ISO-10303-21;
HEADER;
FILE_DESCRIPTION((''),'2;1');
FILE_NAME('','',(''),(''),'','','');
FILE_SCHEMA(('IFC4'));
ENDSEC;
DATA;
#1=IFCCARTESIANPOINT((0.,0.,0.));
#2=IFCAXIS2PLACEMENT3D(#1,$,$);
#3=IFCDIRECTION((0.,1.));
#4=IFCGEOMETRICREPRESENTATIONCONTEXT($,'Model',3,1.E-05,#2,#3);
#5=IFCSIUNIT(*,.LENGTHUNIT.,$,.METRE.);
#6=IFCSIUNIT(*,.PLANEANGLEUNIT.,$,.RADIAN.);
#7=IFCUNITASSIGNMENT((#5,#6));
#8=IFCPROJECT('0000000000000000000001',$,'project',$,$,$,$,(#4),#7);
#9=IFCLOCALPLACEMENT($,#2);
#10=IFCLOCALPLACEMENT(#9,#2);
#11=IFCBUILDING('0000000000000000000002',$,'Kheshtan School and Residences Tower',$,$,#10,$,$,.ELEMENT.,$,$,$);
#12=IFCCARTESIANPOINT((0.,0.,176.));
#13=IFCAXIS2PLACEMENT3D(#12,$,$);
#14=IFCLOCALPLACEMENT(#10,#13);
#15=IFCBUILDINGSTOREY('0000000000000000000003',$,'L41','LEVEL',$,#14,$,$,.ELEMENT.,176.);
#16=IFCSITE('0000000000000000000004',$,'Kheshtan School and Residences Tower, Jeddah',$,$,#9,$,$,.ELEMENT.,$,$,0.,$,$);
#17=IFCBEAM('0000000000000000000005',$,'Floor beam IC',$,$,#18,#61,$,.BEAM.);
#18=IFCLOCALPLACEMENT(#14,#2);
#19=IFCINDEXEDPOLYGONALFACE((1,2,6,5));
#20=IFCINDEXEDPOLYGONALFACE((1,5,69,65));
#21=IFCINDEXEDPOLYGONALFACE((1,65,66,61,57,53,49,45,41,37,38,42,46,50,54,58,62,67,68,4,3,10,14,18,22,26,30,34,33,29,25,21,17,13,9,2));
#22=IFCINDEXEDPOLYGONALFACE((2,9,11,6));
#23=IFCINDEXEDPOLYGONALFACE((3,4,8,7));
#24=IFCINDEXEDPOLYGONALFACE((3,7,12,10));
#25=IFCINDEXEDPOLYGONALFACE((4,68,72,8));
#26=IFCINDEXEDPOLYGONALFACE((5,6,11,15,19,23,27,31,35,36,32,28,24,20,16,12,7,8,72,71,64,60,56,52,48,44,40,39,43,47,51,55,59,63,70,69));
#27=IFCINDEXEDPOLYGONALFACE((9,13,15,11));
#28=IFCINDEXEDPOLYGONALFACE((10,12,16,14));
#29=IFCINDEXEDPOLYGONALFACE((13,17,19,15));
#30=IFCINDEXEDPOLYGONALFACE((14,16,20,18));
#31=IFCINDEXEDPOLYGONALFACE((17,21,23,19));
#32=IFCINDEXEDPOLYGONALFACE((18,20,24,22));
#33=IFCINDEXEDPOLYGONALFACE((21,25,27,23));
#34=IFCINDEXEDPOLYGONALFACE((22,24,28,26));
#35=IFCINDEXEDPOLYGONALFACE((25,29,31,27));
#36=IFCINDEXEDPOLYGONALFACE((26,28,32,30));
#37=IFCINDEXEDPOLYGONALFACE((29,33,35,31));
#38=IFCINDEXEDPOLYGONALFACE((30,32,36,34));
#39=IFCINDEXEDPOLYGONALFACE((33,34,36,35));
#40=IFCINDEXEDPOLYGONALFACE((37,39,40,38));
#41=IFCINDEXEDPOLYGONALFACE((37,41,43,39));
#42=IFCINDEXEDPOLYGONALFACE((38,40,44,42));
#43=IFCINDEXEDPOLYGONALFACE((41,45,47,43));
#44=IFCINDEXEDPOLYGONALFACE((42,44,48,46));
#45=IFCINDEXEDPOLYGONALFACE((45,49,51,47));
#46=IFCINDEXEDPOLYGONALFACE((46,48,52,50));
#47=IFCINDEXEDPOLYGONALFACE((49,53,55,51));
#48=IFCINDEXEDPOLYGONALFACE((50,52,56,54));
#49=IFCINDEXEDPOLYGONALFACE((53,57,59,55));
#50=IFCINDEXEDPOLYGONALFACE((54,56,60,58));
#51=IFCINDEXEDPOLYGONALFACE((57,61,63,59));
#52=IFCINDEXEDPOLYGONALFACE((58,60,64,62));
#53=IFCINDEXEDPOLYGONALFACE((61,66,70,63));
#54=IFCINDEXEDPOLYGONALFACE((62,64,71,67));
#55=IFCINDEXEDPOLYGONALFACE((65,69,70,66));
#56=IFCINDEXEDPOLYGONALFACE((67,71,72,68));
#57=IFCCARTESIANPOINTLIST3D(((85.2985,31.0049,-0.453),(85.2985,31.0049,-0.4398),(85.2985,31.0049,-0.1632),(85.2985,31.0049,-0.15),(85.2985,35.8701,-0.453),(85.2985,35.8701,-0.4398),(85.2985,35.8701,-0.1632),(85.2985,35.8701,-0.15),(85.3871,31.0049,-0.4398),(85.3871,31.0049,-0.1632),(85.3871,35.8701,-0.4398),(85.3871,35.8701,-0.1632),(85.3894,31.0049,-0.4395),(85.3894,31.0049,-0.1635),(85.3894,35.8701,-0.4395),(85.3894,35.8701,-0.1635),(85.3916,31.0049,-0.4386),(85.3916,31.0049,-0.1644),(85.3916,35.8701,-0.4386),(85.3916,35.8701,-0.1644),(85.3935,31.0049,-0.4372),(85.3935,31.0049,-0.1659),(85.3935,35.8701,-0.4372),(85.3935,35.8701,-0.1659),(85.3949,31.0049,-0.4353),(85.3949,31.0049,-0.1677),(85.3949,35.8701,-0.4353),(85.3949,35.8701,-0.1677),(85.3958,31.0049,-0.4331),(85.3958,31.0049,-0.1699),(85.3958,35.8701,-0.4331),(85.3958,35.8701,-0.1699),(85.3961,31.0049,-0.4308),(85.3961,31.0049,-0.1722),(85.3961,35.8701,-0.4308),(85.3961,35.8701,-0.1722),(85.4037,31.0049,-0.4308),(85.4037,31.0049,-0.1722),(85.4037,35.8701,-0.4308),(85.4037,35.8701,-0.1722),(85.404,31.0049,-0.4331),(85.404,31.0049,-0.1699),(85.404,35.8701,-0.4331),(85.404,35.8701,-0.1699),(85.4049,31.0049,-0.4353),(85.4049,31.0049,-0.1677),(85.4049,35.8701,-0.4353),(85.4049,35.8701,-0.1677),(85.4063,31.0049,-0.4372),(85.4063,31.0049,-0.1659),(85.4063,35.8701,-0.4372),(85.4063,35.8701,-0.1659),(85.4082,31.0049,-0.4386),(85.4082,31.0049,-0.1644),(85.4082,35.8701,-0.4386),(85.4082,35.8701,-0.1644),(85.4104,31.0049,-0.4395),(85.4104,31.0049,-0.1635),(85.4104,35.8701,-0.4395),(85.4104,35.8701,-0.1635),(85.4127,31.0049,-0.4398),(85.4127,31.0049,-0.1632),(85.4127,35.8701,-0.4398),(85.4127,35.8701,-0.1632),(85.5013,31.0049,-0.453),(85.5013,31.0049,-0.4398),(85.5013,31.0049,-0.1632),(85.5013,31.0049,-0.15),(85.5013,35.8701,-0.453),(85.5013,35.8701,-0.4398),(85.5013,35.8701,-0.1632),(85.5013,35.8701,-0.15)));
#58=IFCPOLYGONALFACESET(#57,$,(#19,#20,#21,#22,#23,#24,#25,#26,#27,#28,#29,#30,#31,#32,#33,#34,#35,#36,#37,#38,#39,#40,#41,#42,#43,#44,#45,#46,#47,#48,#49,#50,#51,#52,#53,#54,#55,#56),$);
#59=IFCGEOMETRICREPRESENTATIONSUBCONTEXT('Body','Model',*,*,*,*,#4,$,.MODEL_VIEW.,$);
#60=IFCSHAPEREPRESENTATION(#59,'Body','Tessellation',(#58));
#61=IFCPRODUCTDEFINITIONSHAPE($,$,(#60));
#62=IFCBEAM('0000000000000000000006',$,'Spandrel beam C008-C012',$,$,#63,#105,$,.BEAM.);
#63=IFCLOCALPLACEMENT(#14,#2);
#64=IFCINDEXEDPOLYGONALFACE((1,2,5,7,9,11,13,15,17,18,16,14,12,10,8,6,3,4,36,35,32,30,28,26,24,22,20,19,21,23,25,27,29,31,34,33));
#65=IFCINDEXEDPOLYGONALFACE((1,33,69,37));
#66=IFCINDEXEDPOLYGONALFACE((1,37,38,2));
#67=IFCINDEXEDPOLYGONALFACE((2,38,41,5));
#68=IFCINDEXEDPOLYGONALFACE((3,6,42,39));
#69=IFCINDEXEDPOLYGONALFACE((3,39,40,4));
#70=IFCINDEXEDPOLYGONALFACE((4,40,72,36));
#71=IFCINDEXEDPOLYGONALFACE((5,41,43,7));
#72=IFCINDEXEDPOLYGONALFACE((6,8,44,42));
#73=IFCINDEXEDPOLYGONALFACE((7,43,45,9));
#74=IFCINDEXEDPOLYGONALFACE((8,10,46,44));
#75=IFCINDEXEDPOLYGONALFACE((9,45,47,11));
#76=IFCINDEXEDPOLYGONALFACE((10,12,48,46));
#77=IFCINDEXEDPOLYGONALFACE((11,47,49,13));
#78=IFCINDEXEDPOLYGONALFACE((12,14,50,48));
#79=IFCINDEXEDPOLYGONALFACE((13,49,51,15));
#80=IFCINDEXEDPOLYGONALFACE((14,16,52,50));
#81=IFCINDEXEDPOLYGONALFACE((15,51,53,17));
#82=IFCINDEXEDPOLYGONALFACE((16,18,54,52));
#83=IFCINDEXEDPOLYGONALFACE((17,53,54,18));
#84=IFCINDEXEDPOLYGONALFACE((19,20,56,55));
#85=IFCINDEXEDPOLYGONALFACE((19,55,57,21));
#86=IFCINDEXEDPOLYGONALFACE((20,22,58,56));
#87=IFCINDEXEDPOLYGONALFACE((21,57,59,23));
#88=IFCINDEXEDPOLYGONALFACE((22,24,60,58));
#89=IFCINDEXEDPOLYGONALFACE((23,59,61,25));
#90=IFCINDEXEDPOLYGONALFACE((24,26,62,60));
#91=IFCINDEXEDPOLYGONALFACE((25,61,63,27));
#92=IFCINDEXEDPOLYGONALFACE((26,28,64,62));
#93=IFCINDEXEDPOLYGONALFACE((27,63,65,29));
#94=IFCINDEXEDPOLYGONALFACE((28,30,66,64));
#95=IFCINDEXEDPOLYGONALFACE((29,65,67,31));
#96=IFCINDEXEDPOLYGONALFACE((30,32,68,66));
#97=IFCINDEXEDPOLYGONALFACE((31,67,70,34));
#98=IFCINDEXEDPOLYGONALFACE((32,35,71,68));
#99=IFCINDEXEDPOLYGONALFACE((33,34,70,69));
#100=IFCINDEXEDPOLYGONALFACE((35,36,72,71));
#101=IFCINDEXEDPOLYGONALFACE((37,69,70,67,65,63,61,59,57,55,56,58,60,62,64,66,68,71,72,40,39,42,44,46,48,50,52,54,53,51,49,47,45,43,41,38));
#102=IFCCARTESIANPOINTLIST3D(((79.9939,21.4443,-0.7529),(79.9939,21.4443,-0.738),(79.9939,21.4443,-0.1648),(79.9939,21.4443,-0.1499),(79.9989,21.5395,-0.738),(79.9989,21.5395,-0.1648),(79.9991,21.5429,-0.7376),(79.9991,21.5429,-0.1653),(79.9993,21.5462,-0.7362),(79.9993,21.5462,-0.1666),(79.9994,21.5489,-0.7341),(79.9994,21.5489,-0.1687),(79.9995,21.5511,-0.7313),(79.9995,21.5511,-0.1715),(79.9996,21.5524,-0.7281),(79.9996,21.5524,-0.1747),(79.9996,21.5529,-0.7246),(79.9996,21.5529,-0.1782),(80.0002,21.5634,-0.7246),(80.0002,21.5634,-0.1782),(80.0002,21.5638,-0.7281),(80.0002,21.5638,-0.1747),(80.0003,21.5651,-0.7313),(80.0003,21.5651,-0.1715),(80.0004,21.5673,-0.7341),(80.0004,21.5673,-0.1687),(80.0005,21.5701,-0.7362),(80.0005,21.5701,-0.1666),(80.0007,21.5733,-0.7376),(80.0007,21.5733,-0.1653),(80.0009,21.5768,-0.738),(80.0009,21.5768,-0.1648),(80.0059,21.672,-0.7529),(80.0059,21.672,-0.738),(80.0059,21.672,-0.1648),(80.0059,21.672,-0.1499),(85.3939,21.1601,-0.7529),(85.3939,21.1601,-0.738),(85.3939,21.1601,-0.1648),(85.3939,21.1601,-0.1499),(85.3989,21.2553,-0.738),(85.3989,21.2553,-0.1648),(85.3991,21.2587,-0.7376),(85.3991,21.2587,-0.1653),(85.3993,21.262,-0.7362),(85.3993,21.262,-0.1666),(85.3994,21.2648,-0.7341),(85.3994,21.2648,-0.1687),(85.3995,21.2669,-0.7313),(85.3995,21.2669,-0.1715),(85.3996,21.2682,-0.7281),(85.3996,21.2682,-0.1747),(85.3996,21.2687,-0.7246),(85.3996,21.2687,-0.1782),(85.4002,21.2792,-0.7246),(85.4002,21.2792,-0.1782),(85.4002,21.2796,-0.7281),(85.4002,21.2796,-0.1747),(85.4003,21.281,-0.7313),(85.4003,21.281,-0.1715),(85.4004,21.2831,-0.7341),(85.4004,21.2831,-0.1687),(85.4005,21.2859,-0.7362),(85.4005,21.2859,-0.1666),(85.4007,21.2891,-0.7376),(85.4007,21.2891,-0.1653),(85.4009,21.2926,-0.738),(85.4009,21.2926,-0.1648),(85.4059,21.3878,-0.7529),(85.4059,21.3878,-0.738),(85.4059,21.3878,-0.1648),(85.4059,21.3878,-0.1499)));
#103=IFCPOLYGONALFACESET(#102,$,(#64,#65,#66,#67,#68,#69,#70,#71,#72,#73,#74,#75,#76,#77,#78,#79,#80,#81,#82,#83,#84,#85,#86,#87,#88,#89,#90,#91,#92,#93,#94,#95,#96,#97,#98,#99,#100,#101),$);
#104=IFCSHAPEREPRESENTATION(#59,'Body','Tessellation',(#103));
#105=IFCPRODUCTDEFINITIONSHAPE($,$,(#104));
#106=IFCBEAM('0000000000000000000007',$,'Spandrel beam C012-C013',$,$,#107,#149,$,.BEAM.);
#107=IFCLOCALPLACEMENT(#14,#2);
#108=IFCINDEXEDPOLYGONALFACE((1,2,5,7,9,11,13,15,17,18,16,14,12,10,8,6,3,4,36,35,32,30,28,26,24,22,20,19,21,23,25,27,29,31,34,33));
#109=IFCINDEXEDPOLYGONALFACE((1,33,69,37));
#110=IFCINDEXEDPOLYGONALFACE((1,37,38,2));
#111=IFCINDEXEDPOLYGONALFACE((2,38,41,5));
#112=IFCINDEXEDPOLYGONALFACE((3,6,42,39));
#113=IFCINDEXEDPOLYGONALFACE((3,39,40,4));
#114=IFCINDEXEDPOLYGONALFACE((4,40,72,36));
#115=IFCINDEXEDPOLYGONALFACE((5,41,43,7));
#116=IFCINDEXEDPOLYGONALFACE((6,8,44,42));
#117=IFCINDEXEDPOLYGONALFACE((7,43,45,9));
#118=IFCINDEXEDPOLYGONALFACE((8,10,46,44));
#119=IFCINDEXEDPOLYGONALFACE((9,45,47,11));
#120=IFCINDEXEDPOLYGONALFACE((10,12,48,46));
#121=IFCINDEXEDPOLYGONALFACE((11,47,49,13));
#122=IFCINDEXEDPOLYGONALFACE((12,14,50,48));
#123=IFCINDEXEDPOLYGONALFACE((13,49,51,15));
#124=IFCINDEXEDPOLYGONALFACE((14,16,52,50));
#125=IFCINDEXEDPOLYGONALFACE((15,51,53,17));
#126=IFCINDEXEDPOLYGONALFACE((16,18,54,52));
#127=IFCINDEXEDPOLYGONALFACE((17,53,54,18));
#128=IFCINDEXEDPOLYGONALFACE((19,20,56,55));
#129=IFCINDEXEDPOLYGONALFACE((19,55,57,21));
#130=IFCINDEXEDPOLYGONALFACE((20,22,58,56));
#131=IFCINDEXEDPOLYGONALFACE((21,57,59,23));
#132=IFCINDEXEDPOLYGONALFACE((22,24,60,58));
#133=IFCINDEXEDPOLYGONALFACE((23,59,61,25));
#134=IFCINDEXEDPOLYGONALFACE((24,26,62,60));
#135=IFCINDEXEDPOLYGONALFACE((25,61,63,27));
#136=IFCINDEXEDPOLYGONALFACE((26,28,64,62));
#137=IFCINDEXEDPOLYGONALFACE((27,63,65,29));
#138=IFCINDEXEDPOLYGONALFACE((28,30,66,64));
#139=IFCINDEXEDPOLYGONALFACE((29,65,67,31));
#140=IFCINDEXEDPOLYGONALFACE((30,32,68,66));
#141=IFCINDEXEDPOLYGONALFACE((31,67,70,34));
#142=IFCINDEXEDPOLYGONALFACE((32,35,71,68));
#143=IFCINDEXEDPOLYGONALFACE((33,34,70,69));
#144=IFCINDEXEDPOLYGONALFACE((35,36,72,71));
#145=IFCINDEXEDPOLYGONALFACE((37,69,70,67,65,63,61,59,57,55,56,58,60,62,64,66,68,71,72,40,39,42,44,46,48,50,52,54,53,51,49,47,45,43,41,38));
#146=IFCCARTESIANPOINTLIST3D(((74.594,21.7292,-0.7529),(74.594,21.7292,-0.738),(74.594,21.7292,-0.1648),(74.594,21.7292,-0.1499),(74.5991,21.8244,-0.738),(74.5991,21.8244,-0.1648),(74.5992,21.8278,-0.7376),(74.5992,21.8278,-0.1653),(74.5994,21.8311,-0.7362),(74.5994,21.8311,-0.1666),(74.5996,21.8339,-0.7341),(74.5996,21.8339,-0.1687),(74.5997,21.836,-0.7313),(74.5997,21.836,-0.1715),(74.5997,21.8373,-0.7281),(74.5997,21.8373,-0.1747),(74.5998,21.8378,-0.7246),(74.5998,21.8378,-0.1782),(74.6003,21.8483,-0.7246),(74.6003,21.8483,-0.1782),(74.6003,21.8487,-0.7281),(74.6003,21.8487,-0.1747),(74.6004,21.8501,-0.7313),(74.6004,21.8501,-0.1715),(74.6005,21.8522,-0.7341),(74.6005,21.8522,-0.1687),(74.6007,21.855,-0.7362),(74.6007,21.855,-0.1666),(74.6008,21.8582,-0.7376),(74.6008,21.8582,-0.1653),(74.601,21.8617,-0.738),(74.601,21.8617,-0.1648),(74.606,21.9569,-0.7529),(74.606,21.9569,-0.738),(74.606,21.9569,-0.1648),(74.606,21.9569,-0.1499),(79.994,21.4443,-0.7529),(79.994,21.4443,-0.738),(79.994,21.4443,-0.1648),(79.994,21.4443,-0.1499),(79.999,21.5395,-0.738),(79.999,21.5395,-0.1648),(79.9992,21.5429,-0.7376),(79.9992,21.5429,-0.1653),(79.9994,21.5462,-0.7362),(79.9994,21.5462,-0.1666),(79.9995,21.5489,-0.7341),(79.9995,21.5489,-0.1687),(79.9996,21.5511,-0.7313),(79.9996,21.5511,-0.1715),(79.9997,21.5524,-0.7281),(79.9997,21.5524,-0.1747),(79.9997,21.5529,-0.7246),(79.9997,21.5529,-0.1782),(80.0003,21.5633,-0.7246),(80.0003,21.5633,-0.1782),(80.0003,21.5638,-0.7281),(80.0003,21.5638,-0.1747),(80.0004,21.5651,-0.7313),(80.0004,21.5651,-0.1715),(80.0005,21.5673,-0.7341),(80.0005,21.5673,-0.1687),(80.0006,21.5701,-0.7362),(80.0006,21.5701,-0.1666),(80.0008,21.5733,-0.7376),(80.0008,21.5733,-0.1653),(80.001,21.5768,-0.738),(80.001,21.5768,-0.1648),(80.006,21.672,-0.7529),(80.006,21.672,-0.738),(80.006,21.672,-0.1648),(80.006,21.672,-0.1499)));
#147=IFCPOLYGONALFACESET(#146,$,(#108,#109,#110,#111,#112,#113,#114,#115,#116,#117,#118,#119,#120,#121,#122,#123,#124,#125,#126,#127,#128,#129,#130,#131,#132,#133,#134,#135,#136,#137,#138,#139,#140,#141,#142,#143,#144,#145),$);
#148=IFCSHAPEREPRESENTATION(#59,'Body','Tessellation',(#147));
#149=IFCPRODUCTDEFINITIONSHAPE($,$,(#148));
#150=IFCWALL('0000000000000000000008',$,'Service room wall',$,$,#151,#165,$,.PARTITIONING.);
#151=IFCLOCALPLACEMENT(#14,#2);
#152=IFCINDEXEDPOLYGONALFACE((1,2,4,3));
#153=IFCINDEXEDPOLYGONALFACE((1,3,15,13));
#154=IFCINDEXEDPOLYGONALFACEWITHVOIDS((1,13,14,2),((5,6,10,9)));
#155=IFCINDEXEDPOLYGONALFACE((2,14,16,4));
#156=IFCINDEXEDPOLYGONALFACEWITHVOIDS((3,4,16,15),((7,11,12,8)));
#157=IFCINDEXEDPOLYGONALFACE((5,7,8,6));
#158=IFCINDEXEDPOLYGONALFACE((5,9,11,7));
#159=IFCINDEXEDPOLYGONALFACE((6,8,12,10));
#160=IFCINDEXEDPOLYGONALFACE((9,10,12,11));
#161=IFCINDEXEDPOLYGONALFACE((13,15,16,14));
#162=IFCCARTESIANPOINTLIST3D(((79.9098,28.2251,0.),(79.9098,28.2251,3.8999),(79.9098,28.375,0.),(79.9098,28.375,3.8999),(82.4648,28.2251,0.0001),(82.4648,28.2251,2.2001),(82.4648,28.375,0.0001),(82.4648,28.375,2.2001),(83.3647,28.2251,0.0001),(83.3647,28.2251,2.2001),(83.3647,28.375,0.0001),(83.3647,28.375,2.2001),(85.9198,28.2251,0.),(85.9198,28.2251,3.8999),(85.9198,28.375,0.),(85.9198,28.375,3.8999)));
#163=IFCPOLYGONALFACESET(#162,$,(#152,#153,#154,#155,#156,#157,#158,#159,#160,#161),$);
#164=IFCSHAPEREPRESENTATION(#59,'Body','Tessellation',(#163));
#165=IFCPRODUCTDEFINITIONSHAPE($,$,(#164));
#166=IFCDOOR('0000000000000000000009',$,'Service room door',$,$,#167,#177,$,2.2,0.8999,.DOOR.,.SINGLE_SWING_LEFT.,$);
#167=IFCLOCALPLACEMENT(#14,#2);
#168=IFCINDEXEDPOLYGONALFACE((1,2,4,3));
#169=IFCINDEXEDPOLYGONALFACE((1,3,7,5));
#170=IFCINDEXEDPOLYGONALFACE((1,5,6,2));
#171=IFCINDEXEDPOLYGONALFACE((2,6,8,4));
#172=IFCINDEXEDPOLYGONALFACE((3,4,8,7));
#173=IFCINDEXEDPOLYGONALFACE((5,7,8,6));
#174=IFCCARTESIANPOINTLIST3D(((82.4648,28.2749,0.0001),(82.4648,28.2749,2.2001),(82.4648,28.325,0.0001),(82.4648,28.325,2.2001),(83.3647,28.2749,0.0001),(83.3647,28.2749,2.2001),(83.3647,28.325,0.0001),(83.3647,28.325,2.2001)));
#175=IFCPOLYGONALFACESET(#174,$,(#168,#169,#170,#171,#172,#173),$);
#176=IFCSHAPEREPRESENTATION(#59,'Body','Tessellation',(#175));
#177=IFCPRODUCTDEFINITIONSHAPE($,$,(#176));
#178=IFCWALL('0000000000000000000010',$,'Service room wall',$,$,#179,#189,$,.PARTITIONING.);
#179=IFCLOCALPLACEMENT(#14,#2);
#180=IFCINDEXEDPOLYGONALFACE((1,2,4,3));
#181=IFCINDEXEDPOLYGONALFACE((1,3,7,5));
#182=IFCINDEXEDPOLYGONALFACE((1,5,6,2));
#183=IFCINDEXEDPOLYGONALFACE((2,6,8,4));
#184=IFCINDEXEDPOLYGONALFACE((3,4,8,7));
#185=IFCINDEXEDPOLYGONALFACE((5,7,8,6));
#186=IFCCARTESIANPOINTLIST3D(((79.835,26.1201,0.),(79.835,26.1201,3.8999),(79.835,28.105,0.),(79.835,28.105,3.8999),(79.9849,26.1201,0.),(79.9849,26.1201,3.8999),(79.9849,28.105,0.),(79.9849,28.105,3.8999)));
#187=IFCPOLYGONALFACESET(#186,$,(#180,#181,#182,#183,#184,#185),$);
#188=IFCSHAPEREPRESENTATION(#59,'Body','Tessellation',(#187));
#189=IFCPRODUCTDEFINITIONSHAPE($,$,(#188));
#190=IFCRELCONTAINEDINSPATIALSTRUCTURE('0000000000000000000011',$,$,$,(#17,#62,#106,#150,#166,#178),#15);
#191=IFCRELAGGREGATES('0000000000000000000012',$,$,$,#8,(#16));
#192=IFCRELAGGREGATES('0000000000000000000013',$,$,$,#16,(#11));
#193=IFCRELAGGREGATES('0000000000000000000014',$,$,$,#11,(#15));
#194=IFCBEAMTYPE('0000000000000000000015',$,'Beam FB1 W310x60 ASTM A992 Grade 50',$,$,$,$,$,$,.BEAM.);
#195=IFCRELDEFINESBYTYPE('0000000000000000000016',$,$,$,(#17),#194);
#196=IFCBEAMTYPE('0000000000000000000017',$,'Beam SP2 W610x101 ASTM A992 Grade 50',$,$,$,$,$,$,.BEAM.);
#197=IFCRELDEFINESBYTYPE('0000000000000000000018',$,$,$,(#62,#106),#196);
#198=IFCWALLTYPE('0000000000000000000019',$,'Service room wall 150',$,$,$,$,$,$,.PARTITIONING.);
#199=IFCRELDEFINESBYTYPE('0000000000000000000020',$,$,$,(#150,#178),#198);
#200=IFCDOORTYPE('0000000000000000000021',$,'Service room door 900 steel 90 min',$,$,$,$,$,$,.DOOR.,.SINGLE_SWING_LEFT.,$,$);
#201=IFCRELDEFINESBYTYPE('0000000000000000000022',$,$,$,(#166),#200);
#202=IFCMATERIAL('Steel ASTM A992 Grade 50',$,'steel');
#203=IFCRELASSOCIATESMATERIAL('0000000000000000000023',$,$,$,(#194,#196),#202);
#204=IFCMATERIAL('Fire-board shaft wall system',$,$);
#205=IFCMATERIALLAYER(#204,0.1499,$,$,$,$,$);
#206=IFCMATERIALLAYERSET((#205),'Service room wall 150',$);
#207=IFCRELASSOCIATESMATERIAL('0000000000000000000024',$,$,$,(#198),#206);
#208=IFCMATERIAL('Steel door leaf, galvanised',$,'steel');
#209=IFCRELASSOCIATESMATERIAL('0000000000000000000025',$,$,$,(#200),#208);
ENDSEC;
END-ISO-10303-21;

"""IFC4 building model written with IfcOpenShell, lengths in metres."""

from ifc_helpers import new_model, si_unit, direction, frame, frame_2d, origin, origin_2d, place, context, subcontext, project, spatial, rectangle, i_section, extrude, source, transform, mapped, material, layer, layer_set, material_profile, profile_set, type_object, element, fill, save


model = new_model("IFC4")

# Units and contexts
model_context = context("Model", 3, precision=1e-05, world=origin(), true_north=direction((0.0, 1.0)))
body_context = subcontext(model_context, "Body", "Model", "MODEL_VIEW")
ifc_project = project(units=[si_unit("LENGTHUNIT", "METRE"), si_unit("PLANEANGLEUNIT", "RADIAN")], contexts=[model_context])

# Site, building, storey
site_placement = place(None, origin())
site = spatial("IfcSite", under=ifc_project, at=site_placement, Name="Kheshtan School and Residences Tower, Jeddah", CompositionType="ELEMENT", RefElevation=0.0)
building_placement = place(site_placement, origin())
building = spatial("IfcBuilding", under=site, at=building_placement, Name="Kheshtan School and Residences Tower", CompositionType="ELEMENT")
storey_placement = place(building_placement, frame((0.0, 0.0, 176.0)))
storey = spatial("IfcBuildingStorey", under=building, at=storey_placement, Name="L41", Description="LEVEL", CompositionType="ELEMENT", Elevation=176.0)

# Shared definitions
ifc_material_1 = material(Name="Steel ASTM A992 Grade 50", Category="steel")

# Beams
ifc_material_profile_1 = material_profile(ifc_material_1, i_section(OverallWidth=0.2029, OverallDepth=0.303, WebThickness=0.0076, FlangeThickness=0.0132, FilletRadius=0.009, at=origin_2d()), Name="W310x60")
ifc_profile_set_1 = profile_set([ifc_material_profile_1], Name="Steel ASTM A992 Grade 50")
beam_type_1 = type_object("IfcBeamType", Name="Beam FB1 W310x60 ASTM A992 Grade 50", PredefinedType="BEAM", material=ifc_profile_set_1)
beam_placement = place(storey_placement, frame((85.3999, 31.0049, -0.3015), z_axis=(0.0, 1.0, 0.0), x_axis=(-1.0, 0.0, 0.0)))
element("IfcBeam", 1, at=beam_placement, inside=storey, type_object=beam_type_1, Name="Floor beam IC", PredefinedType="BEAM", context=body_context, shape_type="SweptSolid", body=[
    extrude(i_section(OverallWidth=0.2029, OverallDepth=0.303, WebThickness=0.0076, FlangeThickness=0.0132, FilletRadius=0.009, at=origin_2d()), origin(), (0.0, 0.0, 1.0), 4.8652),
])
ifc_material_profile_2 = material_profile(ifc_material_1, i_section(OverallWidth=0.228, OverallDepth=0.603, WebThickness=0.0105, FlangeThickness=0.0149, FilletRadius=0.0134, at=origin_2d()), Name="W610x101")
ifc_profile_set_2 = profile_set([ifc_material_profile_2], Name="Steel ASTM A992 Grade 50")
beam_type_2 = type_object("IfcBeamType", Name="Beam SP2 W610x101 ASTM A992 Grade 50", PredefinedType="BEAM", material=ifc_profile_set_2)
for number, where, z_axis, x_axis, name in (
    (2, (85.3999, 21.2739, -0.4514), (-0.998618, 0.052554, 0.0), (-0.052554, -0.998618, 0.0), "Spandrel beam C008-C012"),
    (3, (80.0, 21.5581, -0.4514), (-0.998611, 0.052689, 0.0), (-0.052689, -0.998611, 0.0), "Spandrel beam C012-C013"),
):
    element("IfcBeam", number, at=place(storey_placement, frame(where, z_axis=z_axis, x_axis=x_axis)), inside=storey, type_object=beam_type_2, Name=name, PredefinedType="BEAM", context=body_context, shape_type="SweptSolid", body=[
        extrude(i_section(OverallWidth=0.228, OverallDepth=0.603, WebThickness=0.0105, FlangeThickness=0.0149, FilletRadius=0.0134, at=origin_2d()), origin(), (0.0, 0.0, 1.0), 5.4075),
    ])

# Wall, opening, door
ifc_material_2 = material(Name="Fire-board shaft wall system")
ifc_layer_1 = layer(ifc_material_2, 0.1499)
ifc_layer_set_1 = layer_set([ifc_layer_1], Name="Service room wall 150")
wall_type_1 = type_object("IfcWallType", Name="Service room wall 150", PredefinedType="PARTITIONING", material=ifc_layer_set_1)
wall_1_placement = place(storey_placement, frame((79.9099, 28.3, 0.0), z_axis=(0.0, 0.0, 1.0), x_axis=(1.0, 0.0, 0.0)))
wall_1 = element("IfcWall", 4, at=wall_1_placement, inside=storey, type_object=wall_type_1, Name="Service room wall", PredefinedType="PARTITIONING", context=body_context, shape_type="SweptSolid", body=[
    extrude(rectangle(XDim=6.01, YDim=0.1499, at=frame_2d((3.0049, 0.0))), origin(), (0.0, 0.0, 1.0), 3.8999),
])
opening_1_placement = place(wall_1_placement, frame((2.5549, 0.0, 0.0)))
opening_1 = element("IfcOpeningElement", 5, at=opening_1_placement, cuts=wall_1, PredefinedType="OPENING", context=body_context, shape_type="SweptSolid", body=[
    extrude(rectangle(XDim=0.8999, YDim=2.2, at=frame_2d((0.45, 1.1001))), frame((0.0, 0.085, 0.0), z_axis=(0.0, -1.0, 0.0), x_axis=(1.0, 0.0, 0.0)), (0.0, 0.0, 1.0), 0.1699),
])
ifc_material_3 = material(Name="Steel door leaf, galvanised", Category="steel")
door_type_1 = type_object("IfcDoorType", Name="Service room door 900 steel 90 min", OperationType="SINGLE_SWING_LEFT", PredefinedType="DOOR", material=ifc_material_3)
shared_shape_1 = source(origin(), body_context, "Body", "SweptSolid", [
    extrude(rectangle(XDim=0.8999, YDim=2.2, at=frame_2d((0.45, 1.1001))), frame((0.0, 0.0249, 0.0), z_axis=(0.0, -1.0, 0.0), x_axis=(1.0, 0.0, 0.0)), (0.0, 0.0, 1.0), 0.05),
])
door_1_placement = place(opening_1_placement, origin())
door_1 = element("IfcDoor", 6, at=door_1_placement, inside=storey, type_object=door_type_1, Name="Service room door", OperationType="SINGLE_SWING_LEFT", OverallHeight=2.2, OverallWidth=0.8999, PredefinedType="DOOR", context=body_context, shape_type="MappedRepresentation", body=[
    mapped(shared_shape_1, transform((0.0, 0.0, 0.0), x_axis=(1.0, 0.0, 0.0), y_axis=(0.0, 1.0, 0.0), z_axis=(0.0, 0.0, 1.0), scale=1.0)),
])
fill(opening_1, door_1)

# Wall
wall_2_placement = place(storey_placement, frame((79.9099, 26.1201, 0.0), z_axis=(0.0, 0.0, 1.0), x_axis=(0.0, 1.0, 0.0)))
element("IfcWall", 7, at=wall_2_placement, inside=storey, type_object=wall_type_1, Name="Service room wall", PredefinedType="PARTITIONING", context=body_context, shape_type="SweptSolid", body=[
    extrude(rectangle(XDim=1.9849, YDim=0.1499, at=frame_2d((0.9924, 0.0))), origin(), (0.0, 0.0, 1.0), 3.8999),
])

save(model, "model.ifc")
